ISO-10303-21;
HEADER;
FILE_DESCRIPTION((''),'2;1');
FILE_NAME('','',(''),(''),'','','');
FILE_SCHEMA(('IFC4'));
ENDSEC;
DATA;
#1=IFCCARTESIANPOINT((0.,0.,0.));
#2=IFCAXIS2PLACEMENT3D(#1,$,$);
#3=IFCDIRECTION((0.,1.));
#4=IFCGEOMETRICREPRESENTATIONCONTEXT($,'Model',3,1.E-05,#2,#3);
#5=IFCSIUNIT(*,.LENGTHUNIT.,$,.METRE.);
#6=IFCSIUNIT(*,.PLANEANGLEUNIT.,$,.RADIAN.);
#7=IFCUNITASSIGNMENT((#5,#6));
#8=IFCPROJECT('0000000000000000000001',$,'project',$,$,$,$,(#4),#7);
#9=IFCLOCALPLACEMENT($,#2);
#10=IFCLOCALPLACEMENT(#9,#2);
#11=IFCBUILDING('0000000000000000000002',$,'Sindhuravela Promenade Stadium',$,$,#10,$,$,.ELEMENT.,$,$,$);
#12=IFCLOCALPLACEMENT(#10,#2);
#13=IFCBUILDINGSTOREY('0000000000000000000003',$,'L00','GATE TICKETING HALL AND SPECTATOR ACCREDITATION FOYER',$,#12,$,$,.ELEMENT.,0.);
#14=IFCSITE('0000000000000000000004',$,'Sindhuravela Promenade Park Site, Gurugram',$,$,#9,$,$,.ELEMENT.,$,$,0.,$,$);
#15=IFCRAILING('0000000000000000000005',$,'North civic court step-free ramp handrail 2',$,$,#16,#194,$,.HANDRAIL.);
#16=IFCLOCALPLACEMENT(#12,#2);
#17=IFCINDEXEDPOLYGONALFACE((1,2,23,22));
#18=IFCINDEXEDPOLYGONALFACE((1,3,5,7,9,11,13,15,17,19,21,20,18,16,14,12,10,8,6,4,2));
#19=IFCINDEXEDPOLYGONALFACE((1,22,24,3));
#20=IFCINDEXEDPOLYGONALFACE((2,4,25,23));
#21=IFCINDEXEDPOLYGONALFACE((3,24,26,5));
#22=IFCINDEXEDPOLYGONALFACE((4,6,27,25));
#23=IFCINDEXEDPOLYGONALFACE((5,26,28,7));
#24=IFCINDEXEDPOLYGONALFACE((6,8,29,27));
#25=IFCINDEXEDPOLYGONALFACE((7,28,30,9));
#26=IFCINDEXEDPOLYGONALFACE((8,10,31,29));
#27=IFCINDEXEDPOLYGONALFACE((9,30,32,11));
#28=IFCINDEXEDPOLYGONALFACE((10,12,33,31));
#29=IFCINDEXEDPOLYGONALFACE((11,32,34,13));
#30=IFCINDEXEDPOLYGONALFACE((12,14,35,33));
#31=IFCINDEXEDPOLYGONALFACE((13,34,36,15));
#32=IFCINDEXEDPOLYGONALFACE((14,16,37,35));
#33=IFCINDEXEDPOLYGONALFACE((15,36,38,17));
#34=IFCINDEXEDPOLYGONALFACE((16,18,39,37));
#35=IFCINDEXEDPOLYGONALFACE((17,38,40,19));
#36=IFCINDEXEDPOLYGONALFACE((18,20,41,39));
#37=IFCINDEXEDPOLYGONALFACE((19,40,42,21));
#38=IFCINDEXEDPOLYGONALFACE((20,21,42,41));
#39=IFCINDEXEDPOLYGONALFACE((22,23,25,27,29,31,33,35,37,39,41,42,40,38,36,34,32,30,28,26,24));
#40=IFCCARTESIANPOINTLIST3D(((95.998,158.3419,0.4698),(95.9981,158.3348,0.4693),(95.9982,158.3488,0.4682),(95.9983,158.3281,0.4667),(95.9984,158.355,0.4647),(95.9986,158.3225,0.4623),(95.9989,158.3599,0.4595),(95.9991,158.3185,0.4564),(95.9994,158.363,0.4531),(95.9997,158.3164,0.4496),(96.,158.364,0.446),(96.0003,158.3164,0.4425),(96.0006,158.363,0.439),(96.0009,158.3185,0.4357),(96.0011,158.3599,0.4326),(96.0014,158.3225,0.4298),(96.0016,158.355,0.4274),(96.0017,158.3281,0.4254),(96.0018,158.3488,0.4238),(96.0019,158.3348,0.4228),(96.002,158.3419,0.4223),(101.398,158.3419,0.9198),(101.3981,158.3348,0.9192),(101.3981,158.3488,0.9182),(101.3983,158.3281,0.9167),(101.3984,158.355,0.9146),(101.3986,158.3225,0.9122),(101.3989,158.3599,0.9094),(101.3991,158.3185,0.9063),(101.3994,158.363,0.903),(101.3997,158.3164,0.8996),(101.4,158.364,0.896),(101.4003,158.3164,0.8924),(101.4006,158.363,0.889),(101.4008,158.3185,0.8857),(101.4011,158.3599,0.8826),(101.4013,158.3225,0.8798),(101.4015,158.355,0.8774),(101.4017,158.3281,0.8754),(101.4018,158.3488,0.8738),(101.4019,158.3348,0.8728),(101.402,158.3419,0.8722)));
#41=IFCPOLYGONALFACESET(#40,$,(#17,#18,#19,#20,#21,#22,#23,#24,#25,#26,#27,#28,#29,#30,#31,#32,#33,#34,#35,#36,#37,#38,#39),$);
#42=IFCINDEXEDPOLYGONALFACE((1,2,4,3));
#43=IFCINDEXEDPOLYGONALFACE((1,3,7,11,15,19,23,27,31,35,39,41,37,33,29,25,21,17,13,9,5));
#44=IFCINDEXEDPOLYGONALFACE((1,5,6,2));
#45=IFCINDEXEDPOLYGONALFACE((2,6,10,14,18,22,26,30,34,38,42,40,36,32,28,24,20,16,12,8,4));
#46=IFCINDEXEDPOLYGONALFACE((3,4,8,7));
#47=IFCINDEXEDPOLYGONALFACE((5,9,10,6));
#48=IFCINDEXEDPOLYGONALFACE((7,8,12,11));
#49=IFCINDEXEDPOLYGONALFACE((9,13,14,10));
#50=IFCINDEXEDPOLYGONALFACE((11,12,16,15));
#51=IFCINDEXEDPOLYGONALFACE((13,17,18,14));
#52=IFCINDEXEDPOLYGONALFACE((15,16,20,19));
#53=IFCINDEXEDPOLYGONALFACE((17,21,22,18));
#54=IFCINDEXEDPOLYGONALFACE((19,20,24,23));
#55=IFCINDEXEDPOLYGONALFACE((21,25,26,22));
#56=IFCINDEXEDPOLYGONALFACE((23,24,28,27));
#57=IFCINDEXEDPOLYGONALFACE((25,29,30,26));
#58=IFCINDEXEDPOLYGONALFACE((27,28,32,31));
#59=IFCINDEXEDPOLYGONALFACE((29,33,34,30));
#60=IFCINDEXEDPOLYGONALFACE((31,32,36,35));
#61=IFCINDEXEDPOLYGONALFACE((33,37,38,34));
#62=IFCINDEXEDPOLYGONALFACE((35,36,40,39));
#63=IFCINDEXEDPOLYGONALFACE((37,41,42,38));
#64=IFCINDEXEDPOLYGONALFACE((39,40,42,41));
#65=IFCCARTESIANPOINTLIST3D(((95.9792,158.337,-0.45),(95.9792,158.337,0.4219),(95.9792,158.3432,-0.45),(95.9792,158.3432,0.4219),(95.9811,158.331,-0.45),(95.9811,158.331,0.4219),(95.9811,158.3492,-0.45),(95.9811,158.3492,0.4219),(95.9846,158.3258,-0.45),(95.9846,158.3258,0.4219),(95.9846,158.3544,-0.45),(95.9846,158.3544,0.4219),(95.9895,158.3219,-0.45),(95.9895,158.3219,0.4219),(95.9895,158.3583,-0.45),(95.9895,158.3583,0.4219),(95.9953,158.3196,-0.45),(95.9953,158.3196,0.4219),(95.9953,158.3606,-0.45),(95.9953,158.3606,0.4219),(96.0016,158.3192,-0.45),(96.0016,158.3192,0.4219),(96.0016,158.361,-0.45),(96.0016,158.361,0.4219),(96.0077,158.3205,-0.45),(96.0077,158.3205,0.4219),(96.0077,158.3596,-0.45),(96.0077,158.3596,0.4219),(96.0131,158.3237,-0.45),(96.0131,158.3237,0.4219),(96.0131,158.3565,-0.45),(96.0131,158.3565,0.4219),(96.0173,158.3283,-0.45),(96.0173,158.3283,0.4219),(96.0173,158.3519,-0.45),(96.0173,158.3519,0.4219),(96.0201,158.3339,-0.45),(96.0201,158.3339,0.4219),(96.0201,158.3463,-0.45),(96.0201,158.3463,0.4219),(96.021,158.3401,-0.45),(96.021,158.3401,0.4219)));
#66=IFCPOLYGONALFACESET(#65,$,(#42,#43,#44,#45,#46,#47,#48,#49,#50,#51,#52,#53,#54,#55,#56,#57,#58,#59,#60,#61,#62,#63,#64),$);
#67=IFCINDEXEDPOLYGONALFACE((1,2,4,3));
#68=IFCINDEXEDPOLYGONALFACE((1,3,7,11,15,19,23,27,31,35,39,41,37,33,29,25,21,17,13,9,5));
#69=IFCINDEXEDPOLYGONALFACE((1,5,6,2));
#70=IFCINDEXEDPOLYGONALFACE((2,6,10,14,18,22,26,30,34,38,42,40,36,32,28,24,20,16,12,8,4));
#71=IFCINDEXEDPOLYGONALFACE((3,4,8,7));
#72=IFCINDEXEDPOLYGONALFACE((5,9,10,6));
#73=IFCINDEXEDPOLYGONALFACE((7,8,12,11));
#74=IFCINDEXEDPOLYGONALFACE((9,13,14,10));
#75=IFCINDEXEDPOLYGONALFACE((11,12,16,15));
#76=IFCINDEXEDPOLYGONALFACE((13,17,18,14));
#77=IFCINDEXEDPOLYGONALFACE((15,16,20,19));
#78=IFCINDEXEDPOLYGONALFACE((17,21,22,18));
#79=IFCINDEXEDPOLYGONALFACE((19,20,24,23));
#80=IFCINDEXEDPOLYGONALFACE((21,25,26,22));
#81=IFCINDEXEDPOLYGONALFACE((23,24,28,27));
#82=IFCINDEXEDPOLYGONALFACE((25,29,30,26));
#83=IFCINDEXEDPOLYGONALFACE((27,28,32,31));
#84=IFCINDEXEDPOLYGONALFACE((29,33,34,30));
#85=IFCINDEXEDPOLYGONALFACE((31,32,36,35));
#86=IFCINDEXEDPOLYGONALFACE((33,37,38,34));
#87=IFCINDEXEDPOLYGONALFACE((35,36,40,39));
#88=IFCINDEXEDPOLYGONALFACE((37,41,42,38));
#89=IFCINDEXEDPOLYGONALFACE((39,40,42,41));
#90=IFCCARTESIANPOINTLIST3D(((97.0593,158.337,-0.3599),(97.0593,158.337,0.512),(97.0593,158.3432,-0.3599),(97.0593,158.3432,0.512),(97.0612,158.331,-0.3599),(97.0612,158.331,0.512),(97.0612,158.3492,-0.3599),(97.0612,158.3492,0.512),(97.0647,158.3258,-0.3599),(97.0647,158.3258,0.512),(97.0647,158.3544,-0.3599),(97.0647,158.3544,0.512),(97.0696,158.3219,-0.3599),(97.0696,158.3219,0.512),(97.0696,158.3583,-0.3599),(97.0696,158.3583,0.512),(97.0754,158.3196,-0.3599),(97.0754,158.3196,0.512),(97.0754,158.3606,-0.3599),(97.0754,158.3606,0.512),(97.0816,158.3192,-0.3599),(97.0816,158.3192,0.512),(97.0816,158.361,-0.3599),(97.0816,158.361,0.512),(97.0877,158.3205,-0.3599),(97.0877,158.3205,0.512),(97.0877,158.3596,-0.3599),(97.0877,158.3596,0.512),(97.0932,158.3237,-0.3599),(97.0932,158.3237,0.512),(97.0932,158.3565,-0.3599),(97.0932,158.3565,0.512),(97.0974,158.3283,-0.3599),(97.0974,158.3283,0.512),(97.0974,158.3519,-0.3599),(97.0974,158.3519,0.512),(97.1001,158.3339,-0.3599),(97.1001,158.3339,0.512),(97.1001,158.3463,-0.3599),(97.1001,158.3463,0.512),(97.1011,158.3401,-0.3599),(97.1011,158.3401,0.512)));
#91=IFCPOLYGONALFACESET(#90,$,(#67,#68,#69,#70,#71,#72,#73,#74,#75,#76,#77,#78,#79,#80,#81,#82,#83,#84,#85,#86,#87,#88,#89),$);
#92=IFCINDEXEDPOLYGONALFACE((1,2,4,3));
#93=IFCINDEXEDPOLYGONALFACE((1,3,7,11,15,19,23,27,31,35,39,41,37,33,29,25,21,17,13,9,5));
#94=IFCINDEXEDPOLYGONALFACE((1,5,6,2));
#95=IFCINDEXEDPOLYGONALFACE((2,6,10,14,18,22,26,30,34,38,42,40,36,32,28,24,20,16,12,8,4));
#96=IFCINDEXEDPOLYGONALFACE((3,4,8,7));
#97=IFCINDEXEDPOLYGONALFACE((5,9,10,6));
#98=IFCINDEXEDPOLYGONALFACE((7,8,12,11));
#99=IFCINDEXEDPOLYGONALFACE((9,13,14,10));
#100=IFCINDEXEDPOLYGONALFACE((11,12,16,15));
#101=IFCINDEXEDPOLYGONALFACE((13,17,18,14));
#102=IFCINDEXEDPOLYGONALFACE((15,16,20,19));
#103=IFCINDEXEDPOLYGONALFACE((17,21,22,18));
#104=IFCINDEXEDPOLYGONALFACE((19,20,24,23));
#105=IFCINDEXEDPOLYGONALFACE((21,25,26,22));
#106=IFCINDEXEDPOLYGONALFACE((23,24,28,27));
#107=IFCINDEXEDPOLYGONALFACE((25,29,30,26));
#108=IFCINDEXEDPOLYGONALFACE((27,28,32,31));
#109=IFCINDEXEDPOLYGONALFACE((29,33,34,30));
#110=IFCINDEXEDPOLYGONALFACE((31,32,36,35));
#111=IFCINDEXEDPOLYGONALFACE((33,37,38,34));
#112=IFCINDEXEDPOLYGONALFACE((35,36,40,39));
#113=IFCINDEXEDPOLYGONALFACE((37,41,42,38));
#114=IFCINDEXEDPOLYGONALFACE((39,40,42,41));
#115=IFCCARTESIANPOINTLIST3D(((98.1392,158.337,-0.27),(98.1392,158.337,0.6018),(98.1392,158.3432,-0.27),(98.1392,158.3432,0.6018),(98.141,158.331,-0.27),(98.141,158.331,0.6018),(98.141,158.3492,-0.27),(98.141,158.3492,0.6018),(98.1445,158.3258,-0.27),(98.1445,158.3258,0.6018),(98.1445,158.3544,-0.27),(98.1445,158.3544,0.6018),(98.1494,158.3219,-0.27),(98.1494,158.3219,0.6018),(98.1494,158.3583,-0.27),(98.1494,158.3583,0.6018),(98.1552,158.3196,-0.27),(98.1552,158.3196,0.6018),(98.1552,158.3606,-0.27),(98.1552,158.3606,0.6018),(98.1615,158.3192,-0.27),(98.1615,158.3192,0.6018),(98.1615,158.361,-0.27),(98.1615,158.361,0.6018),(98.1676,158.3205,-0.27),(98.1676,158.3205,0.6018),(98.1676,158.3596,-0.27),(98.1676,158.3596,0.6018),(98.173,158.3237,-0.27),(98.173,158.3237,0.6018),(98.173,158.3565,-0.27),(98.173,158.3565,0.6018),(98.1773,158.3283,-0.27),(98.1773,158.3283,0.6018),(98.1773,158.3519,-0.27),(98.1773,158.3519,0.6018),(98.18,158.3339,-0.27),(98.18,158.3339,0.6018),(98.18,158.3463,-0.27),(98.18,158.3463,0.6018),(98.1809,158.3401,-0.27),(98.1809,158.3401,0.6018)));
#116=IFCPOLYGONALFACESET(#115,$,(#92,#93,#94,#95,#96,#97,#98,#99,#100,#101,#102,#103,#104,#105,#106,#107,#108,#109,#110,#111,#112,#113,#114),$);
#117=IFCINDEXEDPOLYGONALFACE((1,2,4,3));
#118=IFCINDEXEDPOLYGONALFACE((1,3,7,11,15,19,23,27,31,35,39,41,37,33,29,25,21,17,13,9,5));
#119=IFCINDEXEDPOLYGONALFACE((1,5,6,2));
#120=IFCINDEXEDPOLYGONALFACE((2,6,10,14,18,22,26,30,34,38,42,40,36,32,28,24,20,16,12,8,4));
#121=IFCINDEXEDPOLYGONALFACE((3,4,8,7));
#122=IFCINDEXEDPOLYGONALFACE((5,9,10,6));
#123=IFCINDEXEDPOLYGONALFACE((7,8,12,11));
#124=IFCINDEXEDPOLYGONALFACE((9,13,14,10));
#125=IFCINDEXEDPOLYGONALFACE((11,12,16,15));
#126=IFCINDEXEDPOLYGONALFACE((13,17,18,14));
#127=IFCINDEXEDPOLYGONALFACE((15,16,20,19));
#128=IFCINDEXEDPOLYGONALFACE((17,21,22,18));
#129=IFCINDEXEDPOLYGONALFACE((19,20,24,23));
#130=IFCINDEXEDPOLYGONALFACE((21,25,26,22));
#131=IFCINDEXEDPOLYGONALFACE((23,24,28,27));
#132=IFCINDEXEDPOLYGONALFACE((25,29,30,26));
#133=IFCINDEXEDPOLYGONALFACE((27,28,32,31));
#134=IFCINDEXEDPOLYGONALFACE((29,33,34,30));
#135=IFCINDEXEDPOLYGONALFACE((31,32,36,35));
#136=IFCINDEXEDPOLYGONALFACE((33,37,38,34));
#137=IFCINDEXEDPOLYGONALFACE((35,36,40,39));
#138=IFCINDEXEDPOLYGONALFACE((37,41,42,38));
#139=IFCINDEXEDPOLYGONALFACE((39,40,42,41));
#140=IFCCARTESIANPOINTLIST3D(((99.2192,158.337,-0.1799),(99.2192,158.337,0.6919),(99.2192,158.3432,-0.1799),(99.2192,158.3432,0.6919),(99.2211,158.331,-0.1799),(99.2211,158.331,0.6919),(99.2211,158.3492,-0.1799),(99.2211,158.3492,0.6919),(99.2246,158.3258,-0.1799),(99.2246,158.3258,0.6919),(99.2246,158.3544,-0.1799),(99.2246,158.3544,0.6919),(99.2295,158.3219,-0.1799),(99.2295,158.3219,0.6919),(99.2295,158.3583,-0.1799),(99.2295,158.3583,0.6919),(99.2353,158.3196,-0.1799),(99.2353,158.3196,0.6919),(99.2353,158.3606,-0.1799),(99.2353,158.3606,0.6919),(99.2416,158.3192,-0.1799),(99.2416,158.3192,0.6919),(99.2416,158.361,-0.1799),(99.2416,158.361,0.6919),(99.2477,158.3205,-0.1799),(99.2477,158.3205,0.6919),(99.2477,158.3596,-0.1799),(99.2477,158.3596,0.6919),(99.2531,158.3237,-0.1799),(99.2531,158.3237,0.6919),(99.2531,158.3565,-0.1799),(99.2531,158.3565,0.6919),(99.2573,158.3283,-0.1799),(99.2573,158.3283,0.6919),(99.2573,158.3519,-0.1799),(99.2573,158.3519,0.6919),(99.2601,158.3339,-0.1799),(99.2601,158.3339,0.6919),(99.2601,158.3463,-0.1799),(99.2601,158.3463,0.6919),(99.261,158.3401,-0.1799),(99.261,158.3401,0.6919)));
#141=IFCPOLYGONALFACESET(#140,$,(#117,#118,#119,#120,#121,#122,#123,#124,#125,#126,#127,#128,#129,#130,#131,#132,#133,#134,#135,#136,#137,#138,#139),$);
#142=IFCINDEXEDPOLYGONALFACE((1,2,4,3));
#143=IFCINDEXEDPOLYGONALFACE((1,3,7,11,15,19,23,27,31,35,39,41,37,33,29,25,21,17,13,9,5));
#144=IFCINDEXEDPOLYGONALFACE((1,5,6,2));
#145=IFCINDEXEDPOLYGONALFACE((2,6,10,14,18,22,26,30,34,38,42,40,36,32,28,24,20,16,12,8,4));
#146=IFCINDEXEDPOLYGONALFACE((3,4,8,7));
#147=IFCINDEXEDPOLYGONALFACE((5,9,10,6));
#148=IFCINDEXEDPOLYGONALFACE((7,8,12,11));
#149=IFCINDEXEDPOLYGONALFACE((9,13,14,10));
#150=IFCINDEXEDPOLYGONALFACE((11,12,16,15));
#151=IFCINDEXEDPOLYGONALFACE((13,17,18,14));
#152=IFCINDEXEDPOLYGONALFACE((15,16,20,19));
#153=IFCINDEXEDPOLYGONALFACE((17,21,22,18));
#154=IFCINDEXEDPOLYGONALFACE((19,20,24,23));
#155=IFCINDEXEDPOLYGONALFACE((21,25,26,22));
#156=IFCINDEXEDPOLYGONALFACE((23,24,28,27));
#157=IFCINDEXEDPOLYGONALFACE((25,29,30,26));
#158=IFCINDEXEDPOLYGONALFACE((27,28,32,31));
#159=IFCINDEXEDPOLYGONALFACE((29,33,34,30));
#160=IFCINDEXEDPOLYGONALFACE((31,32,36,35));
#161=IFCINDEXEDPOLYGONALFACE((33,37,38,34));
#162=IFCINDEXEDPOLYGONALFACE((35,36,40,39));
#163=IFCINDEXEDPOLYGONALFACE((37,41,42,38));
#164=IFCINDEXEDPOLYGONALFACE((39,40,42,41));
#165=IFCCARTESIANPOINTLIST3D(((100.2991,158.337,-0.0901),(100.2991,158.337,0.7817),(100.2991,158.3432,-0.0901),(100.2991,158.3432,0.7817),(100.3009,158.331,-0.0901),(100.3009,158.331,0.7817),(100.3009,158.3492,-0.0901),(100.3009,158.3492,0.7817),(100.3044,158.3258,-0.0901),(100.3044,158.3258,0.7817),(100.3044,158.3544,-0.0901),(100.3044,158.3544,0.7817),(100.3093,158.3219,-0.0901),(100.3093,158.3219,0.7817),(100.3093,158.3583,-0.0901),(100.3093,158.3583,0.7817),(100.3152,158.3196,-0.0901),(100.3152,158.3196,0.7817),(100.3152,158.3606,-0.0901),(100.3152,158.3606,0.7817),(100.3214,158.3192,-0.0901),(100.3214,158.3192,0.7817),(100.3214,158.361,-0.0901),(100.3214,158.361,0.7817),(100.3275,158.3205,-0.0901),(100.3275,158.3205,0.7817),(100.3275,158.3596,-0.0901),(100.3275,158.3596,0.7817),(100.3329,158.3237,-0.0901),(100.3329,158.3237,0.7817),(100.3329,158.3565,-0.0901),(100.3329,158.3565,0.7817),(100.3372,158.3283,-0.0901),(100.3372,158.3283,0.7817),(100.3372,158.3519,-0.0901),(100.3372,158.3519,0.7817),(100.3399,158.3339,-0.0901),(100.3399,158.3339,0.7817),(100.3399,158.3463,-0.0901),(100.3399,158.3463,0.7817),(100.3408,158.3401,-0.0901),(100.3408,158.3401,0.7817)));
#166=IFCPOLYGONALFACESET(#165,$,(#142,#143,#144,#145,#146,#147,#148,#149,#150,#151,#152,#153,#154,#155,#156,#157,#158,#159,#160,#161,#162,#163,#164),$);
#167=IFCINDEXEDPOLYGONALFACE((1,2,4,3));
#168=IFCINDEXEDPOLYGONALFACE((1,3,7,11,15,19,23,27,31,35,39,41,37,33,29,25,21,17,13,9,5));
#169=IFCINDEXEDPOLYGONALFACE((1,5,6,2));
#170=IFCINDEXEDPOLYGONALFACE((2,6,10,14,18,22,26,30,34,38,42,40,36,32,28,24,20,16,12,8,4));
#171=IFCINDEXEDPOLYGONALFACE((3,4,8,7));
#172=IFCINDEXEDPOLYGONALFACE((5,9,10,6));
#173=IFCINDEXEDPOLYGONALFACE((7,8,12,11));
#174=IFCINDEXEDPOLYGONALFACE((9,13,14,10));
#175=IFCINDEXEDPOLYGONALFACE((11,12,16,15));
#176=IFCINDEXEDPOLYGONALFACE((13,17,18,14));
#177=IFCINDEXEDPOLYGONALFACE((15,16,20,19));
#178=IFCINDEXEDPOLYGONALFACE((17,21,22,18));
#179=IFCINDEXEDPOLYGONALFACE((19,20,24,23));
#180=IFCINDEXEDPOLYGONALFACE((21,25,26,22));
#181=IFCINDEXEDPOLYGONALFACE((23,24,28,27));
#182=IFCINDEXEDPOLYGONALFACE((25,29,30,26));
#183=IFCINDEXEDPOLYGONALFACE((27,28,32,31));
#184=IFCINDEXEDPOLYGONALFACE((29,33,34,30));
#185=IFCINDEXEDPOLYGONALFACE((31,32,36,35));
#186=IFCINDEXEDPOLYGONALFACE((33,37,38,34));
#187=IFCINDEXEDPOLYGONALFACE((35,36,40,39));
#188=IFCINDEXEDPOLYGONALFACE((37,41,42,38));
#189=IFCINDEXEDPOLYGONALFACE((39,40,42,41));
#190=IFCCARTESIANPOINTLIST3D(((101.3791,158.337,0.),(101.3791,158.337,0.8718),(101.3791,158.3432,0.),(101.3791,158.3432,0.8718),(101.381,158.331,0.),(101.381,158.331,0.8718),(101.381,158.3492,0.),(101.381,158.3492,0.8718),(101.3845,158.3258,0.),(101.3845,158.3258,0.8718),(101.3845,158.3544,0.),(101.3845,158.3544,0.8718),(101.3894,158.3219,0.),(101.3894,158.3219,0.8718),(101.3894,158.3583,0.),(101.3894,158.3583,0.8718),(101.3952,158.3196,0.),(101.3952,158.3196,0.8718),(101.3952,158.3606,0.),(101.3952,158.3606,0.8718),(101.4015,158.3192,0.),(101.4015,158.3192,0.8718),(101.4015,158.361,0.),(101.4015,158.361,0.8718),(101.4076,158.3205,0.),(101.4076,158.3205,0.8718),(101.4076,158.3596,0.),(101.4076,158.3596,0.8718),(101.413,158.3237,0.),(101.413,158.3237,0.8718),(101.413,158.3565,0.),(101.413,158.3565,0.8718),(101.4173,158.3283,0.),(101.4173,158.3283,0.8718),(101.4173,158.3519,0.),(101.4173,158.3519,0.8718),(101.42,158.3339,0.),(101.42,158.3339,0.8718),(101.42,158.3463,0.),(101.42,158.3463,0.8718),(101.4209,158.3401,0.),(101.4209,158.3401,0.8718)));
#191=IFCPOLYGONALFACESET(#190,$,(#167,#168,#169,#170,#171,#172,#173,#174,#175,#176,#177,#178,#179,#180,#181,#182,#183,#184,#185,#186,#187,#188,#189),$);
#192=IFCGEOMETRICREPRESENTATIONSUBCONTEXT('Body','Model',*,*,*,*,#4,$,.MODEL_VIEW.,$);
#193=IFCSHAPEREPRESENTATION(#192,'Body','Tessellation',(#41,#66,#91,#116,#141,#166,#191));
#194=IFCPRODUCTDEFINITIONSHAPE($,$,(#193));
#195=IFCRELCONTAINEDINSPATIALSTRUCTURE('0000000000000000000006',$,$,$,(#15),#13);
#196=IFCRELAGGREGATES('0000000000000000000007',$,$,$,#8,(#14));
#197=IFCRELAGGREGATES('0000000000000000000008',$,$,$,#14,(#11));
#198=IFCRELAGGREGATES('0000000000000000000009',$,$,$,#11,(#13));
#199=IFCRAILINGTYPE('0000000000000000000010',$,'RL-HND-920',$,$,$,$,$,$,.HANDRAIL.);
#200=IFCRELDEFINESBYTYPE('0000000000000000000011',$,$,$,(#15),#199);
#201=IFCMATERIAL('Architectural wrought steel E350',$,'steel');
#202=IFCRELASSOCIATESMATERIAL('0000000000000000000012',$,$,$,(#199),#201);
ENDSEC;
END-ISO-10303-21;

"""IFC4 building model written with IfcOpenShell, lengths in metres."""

from ifc_helpers import new_model, si_unit, direction, frame, origin, origin_2d, place, context, subcontext, project, spatial, circle, extrude, material, type_object, element, save


model = new_model("IFC4")

# Units and contexts
model_context = context("Model", 3, precision=1e-05, world=origin(), true_north=direction((0.0, 1.0)))
body_context = subcontext(model_context, "Body", "Model", "MODEL_VIEW")
ifc_project = project(units=[si_unit("LENGTHUNIT", "METRE"), si_unit("PLANEANGLEUNIT", "RADIAN")], contexts=[model_context])

# Site, building, storey
site_placement = place(None, origin())
site = spatial("IfcSite", under=ifc_project, at=site_placement, Name="Sindhuravela Promenade Park Site, Gurugram", CompositionType="ELEMENT", RefElevation=0.0)
building_placement = place(site_placement, origin())
building = spatial("IfcBuilding", under=site, at=building_placement, Name="Sindhuravela Promenade Stadium", CompositionType="ELEMENT")
storey_placement = place(building_placement, origin())
storey = spatial("IfcBuildingStorey", under=building, at=storey_placement, Name="L00", Description="GATE TICKETING HALL AND SPECTATOR ACCREDITATION FOYER", CompositionType="ELEMENT", Elevation=0.0)

# Railing
ifc_material_1 = material(Name="Architectural wrought steel E350", Category="steel")
railing_type = type_object("IfcRailingType", Name="RL-HND-920", PredefinedType="HANDRAIL", material=ifc_material_1)
for number, where, name in (
    (1, (96.0, 158.3401, -0.45), "North civic court step-free ramp handrail 2"),
):
    element("IfcRailing", number, at=place(storey_placement, frame(where)), inside=storey, type_object=railing_type, Name=name, PredefinedType="HANDRAIL", context=body_context, shape_type="SweptSolid", body=[
        extrude(circle(Radius=0.0239, at=origin_2d()), frame((0.0, 0.0, 0.896), z_axis=(0.996546, 0.0, 0.083038), x_axis=(0.0, 1.0, 0.0)), (0.0, 0.0, 1.0), 5.4187),
        extrude(circle(Radius=0.021, at=origin_2d()), origin(), (0.0, 0.0, 1.0), 0.8718),
        extrude(circle(Radius=0.021, at=origin_2d()), frame((1.0801, 0.0, 0.0901)), (0.0, 0.0, 1.0), 0.8718),
        extrude(circle(Radius=0.021, at=origin_2d()), frame((2.1599, 0.0, 0.1799)), (0.0, 0.0, 1.0), 0.8718),
        extrude(circle(Radius=0.021, at=origin_2d()), frame((3.24, 0.0, 0.27)), (0.0, 0.0, 1.0), 0.8718),
        extrude(circle(Radius=0.021, at=origin_2d()), frame((4.3198, 0.0, 0.3599)), (0.0, 0.0, 1.0), 0.8718),
        extrude(circle(Radius=0.021, at=origin_2d()), frame((5.3999, 0.0, 0.45)), (0.0, 0.0, 1.0), 0.8718),
    ])

save(model, "model.ifc")
